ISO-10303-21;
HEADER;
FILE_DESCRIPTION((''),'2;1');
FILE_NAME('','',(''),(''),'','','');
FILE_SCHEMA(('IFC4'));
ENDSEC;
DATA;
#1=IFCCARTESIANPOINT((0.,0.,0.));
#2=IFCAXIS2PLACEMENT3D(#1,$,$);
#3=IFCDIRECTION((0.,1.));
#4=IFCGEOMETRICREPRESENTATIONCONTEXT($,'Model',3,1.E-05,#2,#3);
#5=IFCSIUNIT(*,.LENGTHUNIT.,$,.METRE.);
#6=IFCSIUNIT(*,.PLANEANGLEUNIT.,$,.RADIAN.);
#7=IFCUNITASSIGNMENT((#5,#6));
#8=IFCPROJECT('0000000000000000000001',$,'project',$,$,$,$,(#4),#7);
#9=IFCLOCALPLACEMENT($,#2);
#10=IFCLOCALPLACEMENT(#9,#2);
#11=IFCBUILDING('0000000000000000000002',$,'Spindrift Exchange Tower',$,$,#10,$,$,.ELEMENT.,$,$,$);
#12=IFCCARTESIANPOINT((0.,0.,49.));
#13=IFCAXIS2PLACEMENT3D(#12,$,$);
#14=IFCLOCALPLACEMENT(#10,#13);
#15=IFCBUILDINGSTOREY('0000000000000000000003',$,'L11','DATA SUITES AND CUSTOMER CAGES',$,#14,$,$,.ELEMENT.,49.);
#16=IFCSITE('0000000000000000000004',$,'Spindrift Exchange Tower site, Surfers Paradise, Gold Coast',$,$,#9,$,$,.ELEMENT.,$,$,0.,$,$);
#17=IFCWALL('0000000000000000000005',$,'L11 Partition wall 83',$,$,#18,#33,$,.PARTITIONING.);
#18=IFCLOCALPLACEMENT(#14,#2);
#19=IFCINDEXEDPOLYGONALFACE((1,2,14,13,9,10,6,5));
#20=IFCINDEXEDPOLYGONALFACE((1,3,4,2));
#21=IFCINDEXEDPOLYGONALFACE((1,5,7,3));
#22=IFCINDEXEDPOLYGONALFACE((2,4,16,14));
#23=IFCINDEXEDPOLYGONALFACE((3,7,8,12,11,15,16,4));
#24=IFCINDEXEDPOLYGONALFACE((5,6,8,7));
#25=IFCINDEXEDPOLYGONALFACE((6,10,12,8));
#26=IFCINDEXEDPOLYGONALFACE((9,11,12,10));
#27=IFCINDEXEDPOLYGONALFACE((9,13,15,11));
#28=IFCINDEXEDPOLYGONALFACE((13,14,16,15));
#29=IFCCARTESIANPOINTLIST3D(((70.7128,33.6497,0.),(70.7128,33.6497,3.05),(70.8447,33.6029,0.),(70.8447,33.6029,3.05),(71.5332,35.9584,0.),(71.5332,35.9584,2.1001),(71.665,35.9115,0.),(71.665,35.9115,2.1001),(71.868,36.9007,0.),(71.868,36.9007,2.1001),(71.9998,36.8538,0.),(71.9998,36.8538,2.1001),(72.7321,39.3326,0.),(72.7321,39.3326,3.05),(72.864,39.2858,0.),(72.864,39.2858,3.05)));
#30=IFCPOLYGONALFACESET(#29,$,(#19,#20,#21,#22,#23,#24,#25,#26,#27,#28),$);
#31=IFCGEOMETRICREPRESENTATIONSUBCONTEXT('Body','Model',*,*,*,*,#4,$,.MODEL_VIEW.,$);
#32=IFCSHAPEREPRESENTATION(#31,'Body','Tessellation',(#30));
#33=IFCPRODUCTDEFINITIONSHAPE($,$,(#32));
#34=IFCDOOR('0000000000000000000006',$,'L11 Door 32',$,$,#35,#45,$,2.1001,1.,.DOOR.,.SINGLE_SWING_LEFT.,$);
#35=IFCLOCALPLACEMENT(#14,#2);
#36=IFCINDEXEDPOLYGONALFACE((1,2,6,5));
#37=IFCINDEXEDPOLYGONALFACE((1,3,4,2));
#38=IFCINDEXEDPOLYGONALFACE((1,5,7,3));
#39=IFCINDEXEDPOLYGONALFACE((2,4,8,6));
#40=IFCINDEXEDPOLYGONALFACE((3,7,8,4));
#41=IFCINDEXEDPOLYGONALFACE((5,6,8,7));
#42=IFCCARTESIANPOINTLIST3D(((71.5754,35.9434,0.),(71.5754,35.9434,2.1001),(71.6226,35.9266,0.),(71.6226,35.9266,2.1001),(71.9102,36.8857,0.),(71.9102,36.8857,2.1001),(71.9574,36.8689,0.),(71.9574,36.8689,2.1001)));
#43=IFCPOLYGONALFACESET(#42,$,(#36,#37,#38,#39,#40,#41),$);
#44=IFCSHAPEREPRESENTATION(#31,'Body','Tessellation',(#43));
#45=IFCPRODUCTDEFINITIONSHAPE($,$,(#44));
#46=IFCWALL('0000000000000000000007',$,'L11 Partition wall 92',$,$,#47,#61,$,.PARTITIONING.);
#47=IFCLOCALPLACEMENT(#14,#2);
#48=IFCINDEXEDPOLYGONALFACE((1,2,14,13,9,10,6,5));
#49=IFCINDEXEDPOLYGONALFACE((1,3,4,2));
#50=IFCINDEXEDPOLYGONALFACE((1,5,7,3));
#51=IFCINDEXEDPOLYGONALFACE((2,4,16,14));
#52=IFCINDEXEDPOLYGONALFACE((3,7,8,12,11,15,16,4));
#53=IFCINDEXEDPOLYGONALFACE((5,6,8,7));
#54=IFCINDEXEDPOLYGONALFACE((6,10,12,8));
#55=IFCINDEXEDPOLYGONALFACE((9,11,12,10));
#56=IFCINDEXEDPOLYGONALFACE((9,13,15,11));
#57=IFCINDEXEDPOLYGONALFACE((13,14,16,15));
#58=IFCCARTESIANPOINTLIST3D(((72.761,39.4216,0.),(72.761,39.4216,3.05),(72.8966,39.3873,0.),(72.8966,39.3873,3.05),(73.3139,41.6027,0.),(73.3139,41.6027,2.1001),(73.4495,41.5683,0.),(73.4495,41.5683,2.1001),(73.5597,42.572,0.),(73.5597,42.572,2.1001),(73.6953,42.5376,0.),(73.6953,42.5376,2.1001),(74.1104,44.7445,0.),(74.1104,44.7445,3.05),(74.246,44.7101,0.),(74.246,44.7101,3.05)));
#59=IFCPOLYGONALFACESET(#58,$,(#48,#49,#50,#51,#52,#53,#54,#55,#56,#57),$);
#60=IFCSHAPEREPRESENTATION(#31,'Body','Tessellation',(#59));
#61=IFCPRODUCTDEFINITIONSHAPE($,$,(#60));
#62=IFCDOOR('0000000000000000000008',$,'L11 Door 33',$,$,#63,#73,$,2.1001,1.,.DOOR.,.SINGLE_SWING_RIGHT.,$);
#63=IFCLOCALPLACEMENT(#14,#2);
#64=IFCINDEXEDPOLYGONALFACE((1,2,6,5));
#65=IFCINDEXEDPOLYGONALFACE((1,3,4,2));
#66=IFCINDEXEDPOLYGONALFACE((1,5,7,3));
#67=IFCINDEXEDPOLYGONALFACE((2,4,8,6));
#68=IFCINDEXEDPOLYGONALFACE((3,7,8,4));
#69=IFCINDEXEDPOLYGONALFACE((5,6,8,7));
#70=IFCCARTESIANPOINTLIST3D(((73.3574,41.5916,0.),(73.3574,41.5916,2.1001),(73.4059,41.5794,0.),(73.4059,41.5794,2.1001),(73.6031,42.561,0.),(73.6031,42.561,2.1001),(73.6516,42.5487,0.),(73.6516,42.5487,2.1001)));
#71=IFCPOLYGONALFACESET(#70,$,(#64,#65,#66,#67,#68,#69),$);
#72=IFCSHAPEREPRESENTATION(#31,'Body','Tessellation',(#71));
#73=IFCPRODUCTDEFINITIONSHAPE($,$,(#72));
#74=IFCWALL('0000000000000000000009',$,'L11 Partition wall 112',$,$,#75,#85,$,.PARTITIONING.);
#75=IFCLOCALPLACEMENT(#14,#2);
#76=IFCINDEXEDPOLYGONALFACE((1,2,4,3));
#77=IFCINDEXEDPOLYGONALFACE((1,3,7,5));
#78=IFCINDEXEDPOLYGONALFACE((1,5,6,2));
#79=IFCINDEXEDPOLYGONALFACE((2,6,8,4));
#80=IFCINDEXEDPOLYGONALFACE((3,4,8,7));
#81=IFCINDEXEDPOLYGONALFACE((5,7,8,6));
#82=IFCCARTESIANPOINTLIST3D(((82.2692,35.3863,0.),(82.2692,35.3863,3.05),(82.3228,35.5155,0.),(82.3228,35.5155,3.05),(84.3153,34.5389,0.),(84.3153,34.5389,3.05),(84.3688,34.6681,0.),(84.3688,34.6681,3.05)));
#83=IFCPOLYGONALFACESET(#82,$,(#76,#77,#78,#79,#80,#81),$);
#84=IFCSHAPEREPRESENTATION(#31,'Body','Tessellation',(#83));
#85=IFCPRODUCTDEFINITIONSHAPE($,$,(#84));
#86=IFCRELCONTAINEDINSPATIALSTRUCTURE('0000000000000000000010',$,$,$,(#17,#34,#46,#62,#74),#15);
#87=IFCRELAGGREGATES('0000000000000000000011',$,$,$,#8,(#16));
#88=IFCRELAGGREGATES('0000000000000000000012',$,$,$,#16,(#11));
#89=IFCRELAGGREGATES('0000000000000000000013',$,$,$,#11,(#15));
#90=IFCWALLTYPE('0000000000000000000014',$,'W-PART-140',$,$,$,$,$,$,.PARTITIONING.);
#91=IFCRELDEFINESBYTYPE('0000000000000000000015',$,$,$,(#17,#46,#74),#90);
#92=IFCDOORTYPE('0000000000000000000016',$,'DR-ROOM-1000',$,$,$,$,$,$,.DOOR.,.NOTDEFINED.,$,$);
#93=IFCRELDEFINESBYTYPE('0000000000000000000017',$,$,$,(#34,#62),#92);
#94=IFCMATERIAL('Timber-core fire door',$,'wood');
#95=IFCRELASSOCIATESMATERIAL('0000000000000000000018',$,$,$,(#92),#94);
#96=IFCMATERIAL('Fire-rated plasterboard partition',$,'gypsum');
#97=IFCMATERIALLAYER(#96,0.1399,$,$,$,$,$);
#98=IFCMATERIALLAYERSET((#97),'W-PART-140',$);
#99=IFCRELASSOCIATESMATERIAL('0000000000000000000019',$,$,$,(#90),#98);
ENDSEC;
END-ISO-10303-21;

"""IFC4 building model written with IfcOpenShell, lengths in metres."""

from ifc_helpers import new_model, si_unit, direction, frame, frame_2d, origin, place, context, subcontext, project, spatial, rectangle, extrude, source, transform, mapped, material, layer, layer_set, type_object, element, fill, save


model = new_model("IFC4")

# Units and contexts
model_context = context("Model", 3, precision=1e-05, world=origin(), true_north=direction((0.0, 1.0)))
body_context = subcontext(model_context, "Body", "Model", "MODEL_VIEW")
ifc_project = project(units=[si_unit("LENGTHUNIT", "METRE"), si_unit("PLANEANGLEUNIT", "RADIAN")], contexts=[model_context])

# Site, building, storey
site_placement = place(None, origin())
site = spatial("IfcSite", under=ifc_project, at=site_placement, Name="Spindrift Exchange Tower site, Surfers Paradise, Gold Coast", CompositionType="ELEMENT", RefElevation=0.0)
building_placement = place(site_placement, origin())
building = spatial("IfcBuilding", under=site, at=building_placement, Name="Spindrift Exchange Tower", CompositionType="ELEMENT")
storey_placement = place(building_placement, frame((0.0, 0.0, 49.0)))
storey = spatial("IfcBuildingStorey", under=building, at=storey_placement, Name="L11", Description="DATA SUITES AND CUSTOMER CAGES", CompositionType="ELEMENT", Elevation=49.0)

# Shared definitions
ifc_material_1 = material(Name="Fire-rated plasterboard partition", Category="gypsum")
ifc_material_2 = material(Name="Timber-core fire door", Category="wood")
door_type_1 = type_object("IfcDoorType", Name="DR-ROOM-1000", OperationType="NOTDEFINED", PredefinedType="DOOR", material=ifc_material_2)
shared_shape_1 = source(origin(), body_context, "Body", "SweptSolid", [
    extrude(rectangle(XDim=1.0, YDim=2.1001, at=frame_2d((0.5, 1.05))), frame((0.0, 0.0249, 0.0), z_axis=(0.0, -1.0, 0.0), x_axis=(1.0, 0.0, 0.0)), (0.0, 0.0, 1.0), 0.05),
])

# Shared definitions
ifc_layer_1 = layer(ifc_material_1, 0.1399)
ifc_layer_set_1 = layer_set([ifc_layer_1], Name="W-PART-140")
wall_type_1 = type_object("IfcWallType", Name="W-PART-140", PredefinedType="PARTITIONING", material=ifc_layer_set_1)

# Walls, openings, doors
wall_1_placement = place(storey_placement, frame((72.7981, 39.3093, 0.0), z_axis=(0.0, 0.0, 1.0), x_axis=(-0.33482, -0.942282, 0.0)))
wall_1 = element("IfcWall", 1, at=wall_1_placement, inside=storey, type_object=wall_type_1, Name="L11 Partition wall 83", PredefinedType="PARTITIONING", context=body_context, shape_type="SweptSolid", body=[
    extrude(rectangle(XDim=6.031, YDim=0.1399, at=frame_2d((3.0156, 0.0))), origin(), (0.0, 0.0, 1.0), 3.05),
])
opening_1_placement = place(wall_1_placement, frame((2.5811, 0.0, 0.0)))
opening_1 = element("IfcOpeningElement", 2, at=opening_1_placement, cuts=wall_1, PredefinedType="OPENING", context=body_context, shape_type="SweptSolid", body=[
    extrude(rectangle(XDim=1.0, YDim=2.1001, at=frame_2d((0.5, 1.05))), frame((0.0, 0.0798, 0.0), z_axis=(0.0, -1.0, 0.0), x_axis=(1.0, 0.0, 0.0)), (0.0, 0.0, 1.0), 0.1599),
])
door_1_placement = place(opening_1_placement, origin())
door_1 = element("IfcDoor", 3, at=door_1_placement, inside=storey, type_object=door_type_1, Name="L11 Door 32", OperationType="SINGLE_SWING_LEFT", OverallHeight=2.1001, OverallWidth=1.0, PredefinedType="DOOR", context=body_context, shape_type="MappedRepresentation", body=[
    mapped(shared_shape_1, transform((0.0, 0.0, 0.0), scale=1.0)),
])
fill(opening_1, door_1)
wall_2_placement = place(storey_placement, frame((74.1782, 44.7273, 0.0), z_axis=(0.0, 0.0, 1.0), x_axis=(-0.245735, -0.969337, 0.0)))
wall_2 = element("IfcWall", 4, at=wall_2_placement, inside=storey, type_object=wall_type_1, Name="L11 Partition wall 92", PredefinedType="PARTITIONING", context=body_context, shape_type="SweptSolid", body=[
    extrude(rectangle(XDim=5.4912, YDim=0.1399, at=frame_2d((2.7456, 0.0))), origin(), (0.0, 0.0, 1.0), 3.05),
])
opening_2_placement = place(wall_2_placement, frame((2.2412, 0.0, 0.0)))
opening_2 = element("IfcOpeningElement", 5, at=opening_2_placement, cuts=wall_2, PredefinedType="OPENING", context=body_context, shape_type="SweptSolid", body=[
    extrude(rectangle(XDim=1.0, YDim=2.1001, at=frame_2d((0.5, 1.05))), frame((0.0, 0.0798, 0.0), z_axis=(0.0, -1.0, 0.0), x_axis=(1.0, 0.0, 0.0)), (0.0, 0.0, 1.0), 0.1599),
])
door_2_placement = place(opening_2_placement, origin())
door_2 = element("IfcDoor", 6, at=door_2_placement, inside=storey, type_object=door_type_1, Name="L11 Door 33", OperationType="SINGLE_SWING_RIGHT", OverallHeight=2.1001, OverallWidth=1.0, PredefinedType="DOOR", context=body_context, shape_type="MappedRepresentation", body=[
    mapped(shared_shape_1, transform((0.0, 0.0, 0.0), scale=1.0)),
])
fill(opening_2, door_2)

# Wall
wall_3_placement = place(storey_placement, frame((82.2959, 35.4509, 0.0), z_axis=(0.0, 0.0, 1.0), x_axis=(0.9239, -0.382634, 0.0)))
element("IfcWall", 7, at=wall_3_placement, inside=storey, type_object=wall_type_1, Name="L11 Partition wall 112", PredefinedType="PARTITIONING", context=body_context, shape_type="SweptSolid", body=[
    extrude(rectangle(XDim=2.2146, YDim=0.1399, at=frame_2d((1.1074, 0.0))), origin(), (0.0, 0.0, 1.0), 3.05),
])

save(model, "model.ifc")
